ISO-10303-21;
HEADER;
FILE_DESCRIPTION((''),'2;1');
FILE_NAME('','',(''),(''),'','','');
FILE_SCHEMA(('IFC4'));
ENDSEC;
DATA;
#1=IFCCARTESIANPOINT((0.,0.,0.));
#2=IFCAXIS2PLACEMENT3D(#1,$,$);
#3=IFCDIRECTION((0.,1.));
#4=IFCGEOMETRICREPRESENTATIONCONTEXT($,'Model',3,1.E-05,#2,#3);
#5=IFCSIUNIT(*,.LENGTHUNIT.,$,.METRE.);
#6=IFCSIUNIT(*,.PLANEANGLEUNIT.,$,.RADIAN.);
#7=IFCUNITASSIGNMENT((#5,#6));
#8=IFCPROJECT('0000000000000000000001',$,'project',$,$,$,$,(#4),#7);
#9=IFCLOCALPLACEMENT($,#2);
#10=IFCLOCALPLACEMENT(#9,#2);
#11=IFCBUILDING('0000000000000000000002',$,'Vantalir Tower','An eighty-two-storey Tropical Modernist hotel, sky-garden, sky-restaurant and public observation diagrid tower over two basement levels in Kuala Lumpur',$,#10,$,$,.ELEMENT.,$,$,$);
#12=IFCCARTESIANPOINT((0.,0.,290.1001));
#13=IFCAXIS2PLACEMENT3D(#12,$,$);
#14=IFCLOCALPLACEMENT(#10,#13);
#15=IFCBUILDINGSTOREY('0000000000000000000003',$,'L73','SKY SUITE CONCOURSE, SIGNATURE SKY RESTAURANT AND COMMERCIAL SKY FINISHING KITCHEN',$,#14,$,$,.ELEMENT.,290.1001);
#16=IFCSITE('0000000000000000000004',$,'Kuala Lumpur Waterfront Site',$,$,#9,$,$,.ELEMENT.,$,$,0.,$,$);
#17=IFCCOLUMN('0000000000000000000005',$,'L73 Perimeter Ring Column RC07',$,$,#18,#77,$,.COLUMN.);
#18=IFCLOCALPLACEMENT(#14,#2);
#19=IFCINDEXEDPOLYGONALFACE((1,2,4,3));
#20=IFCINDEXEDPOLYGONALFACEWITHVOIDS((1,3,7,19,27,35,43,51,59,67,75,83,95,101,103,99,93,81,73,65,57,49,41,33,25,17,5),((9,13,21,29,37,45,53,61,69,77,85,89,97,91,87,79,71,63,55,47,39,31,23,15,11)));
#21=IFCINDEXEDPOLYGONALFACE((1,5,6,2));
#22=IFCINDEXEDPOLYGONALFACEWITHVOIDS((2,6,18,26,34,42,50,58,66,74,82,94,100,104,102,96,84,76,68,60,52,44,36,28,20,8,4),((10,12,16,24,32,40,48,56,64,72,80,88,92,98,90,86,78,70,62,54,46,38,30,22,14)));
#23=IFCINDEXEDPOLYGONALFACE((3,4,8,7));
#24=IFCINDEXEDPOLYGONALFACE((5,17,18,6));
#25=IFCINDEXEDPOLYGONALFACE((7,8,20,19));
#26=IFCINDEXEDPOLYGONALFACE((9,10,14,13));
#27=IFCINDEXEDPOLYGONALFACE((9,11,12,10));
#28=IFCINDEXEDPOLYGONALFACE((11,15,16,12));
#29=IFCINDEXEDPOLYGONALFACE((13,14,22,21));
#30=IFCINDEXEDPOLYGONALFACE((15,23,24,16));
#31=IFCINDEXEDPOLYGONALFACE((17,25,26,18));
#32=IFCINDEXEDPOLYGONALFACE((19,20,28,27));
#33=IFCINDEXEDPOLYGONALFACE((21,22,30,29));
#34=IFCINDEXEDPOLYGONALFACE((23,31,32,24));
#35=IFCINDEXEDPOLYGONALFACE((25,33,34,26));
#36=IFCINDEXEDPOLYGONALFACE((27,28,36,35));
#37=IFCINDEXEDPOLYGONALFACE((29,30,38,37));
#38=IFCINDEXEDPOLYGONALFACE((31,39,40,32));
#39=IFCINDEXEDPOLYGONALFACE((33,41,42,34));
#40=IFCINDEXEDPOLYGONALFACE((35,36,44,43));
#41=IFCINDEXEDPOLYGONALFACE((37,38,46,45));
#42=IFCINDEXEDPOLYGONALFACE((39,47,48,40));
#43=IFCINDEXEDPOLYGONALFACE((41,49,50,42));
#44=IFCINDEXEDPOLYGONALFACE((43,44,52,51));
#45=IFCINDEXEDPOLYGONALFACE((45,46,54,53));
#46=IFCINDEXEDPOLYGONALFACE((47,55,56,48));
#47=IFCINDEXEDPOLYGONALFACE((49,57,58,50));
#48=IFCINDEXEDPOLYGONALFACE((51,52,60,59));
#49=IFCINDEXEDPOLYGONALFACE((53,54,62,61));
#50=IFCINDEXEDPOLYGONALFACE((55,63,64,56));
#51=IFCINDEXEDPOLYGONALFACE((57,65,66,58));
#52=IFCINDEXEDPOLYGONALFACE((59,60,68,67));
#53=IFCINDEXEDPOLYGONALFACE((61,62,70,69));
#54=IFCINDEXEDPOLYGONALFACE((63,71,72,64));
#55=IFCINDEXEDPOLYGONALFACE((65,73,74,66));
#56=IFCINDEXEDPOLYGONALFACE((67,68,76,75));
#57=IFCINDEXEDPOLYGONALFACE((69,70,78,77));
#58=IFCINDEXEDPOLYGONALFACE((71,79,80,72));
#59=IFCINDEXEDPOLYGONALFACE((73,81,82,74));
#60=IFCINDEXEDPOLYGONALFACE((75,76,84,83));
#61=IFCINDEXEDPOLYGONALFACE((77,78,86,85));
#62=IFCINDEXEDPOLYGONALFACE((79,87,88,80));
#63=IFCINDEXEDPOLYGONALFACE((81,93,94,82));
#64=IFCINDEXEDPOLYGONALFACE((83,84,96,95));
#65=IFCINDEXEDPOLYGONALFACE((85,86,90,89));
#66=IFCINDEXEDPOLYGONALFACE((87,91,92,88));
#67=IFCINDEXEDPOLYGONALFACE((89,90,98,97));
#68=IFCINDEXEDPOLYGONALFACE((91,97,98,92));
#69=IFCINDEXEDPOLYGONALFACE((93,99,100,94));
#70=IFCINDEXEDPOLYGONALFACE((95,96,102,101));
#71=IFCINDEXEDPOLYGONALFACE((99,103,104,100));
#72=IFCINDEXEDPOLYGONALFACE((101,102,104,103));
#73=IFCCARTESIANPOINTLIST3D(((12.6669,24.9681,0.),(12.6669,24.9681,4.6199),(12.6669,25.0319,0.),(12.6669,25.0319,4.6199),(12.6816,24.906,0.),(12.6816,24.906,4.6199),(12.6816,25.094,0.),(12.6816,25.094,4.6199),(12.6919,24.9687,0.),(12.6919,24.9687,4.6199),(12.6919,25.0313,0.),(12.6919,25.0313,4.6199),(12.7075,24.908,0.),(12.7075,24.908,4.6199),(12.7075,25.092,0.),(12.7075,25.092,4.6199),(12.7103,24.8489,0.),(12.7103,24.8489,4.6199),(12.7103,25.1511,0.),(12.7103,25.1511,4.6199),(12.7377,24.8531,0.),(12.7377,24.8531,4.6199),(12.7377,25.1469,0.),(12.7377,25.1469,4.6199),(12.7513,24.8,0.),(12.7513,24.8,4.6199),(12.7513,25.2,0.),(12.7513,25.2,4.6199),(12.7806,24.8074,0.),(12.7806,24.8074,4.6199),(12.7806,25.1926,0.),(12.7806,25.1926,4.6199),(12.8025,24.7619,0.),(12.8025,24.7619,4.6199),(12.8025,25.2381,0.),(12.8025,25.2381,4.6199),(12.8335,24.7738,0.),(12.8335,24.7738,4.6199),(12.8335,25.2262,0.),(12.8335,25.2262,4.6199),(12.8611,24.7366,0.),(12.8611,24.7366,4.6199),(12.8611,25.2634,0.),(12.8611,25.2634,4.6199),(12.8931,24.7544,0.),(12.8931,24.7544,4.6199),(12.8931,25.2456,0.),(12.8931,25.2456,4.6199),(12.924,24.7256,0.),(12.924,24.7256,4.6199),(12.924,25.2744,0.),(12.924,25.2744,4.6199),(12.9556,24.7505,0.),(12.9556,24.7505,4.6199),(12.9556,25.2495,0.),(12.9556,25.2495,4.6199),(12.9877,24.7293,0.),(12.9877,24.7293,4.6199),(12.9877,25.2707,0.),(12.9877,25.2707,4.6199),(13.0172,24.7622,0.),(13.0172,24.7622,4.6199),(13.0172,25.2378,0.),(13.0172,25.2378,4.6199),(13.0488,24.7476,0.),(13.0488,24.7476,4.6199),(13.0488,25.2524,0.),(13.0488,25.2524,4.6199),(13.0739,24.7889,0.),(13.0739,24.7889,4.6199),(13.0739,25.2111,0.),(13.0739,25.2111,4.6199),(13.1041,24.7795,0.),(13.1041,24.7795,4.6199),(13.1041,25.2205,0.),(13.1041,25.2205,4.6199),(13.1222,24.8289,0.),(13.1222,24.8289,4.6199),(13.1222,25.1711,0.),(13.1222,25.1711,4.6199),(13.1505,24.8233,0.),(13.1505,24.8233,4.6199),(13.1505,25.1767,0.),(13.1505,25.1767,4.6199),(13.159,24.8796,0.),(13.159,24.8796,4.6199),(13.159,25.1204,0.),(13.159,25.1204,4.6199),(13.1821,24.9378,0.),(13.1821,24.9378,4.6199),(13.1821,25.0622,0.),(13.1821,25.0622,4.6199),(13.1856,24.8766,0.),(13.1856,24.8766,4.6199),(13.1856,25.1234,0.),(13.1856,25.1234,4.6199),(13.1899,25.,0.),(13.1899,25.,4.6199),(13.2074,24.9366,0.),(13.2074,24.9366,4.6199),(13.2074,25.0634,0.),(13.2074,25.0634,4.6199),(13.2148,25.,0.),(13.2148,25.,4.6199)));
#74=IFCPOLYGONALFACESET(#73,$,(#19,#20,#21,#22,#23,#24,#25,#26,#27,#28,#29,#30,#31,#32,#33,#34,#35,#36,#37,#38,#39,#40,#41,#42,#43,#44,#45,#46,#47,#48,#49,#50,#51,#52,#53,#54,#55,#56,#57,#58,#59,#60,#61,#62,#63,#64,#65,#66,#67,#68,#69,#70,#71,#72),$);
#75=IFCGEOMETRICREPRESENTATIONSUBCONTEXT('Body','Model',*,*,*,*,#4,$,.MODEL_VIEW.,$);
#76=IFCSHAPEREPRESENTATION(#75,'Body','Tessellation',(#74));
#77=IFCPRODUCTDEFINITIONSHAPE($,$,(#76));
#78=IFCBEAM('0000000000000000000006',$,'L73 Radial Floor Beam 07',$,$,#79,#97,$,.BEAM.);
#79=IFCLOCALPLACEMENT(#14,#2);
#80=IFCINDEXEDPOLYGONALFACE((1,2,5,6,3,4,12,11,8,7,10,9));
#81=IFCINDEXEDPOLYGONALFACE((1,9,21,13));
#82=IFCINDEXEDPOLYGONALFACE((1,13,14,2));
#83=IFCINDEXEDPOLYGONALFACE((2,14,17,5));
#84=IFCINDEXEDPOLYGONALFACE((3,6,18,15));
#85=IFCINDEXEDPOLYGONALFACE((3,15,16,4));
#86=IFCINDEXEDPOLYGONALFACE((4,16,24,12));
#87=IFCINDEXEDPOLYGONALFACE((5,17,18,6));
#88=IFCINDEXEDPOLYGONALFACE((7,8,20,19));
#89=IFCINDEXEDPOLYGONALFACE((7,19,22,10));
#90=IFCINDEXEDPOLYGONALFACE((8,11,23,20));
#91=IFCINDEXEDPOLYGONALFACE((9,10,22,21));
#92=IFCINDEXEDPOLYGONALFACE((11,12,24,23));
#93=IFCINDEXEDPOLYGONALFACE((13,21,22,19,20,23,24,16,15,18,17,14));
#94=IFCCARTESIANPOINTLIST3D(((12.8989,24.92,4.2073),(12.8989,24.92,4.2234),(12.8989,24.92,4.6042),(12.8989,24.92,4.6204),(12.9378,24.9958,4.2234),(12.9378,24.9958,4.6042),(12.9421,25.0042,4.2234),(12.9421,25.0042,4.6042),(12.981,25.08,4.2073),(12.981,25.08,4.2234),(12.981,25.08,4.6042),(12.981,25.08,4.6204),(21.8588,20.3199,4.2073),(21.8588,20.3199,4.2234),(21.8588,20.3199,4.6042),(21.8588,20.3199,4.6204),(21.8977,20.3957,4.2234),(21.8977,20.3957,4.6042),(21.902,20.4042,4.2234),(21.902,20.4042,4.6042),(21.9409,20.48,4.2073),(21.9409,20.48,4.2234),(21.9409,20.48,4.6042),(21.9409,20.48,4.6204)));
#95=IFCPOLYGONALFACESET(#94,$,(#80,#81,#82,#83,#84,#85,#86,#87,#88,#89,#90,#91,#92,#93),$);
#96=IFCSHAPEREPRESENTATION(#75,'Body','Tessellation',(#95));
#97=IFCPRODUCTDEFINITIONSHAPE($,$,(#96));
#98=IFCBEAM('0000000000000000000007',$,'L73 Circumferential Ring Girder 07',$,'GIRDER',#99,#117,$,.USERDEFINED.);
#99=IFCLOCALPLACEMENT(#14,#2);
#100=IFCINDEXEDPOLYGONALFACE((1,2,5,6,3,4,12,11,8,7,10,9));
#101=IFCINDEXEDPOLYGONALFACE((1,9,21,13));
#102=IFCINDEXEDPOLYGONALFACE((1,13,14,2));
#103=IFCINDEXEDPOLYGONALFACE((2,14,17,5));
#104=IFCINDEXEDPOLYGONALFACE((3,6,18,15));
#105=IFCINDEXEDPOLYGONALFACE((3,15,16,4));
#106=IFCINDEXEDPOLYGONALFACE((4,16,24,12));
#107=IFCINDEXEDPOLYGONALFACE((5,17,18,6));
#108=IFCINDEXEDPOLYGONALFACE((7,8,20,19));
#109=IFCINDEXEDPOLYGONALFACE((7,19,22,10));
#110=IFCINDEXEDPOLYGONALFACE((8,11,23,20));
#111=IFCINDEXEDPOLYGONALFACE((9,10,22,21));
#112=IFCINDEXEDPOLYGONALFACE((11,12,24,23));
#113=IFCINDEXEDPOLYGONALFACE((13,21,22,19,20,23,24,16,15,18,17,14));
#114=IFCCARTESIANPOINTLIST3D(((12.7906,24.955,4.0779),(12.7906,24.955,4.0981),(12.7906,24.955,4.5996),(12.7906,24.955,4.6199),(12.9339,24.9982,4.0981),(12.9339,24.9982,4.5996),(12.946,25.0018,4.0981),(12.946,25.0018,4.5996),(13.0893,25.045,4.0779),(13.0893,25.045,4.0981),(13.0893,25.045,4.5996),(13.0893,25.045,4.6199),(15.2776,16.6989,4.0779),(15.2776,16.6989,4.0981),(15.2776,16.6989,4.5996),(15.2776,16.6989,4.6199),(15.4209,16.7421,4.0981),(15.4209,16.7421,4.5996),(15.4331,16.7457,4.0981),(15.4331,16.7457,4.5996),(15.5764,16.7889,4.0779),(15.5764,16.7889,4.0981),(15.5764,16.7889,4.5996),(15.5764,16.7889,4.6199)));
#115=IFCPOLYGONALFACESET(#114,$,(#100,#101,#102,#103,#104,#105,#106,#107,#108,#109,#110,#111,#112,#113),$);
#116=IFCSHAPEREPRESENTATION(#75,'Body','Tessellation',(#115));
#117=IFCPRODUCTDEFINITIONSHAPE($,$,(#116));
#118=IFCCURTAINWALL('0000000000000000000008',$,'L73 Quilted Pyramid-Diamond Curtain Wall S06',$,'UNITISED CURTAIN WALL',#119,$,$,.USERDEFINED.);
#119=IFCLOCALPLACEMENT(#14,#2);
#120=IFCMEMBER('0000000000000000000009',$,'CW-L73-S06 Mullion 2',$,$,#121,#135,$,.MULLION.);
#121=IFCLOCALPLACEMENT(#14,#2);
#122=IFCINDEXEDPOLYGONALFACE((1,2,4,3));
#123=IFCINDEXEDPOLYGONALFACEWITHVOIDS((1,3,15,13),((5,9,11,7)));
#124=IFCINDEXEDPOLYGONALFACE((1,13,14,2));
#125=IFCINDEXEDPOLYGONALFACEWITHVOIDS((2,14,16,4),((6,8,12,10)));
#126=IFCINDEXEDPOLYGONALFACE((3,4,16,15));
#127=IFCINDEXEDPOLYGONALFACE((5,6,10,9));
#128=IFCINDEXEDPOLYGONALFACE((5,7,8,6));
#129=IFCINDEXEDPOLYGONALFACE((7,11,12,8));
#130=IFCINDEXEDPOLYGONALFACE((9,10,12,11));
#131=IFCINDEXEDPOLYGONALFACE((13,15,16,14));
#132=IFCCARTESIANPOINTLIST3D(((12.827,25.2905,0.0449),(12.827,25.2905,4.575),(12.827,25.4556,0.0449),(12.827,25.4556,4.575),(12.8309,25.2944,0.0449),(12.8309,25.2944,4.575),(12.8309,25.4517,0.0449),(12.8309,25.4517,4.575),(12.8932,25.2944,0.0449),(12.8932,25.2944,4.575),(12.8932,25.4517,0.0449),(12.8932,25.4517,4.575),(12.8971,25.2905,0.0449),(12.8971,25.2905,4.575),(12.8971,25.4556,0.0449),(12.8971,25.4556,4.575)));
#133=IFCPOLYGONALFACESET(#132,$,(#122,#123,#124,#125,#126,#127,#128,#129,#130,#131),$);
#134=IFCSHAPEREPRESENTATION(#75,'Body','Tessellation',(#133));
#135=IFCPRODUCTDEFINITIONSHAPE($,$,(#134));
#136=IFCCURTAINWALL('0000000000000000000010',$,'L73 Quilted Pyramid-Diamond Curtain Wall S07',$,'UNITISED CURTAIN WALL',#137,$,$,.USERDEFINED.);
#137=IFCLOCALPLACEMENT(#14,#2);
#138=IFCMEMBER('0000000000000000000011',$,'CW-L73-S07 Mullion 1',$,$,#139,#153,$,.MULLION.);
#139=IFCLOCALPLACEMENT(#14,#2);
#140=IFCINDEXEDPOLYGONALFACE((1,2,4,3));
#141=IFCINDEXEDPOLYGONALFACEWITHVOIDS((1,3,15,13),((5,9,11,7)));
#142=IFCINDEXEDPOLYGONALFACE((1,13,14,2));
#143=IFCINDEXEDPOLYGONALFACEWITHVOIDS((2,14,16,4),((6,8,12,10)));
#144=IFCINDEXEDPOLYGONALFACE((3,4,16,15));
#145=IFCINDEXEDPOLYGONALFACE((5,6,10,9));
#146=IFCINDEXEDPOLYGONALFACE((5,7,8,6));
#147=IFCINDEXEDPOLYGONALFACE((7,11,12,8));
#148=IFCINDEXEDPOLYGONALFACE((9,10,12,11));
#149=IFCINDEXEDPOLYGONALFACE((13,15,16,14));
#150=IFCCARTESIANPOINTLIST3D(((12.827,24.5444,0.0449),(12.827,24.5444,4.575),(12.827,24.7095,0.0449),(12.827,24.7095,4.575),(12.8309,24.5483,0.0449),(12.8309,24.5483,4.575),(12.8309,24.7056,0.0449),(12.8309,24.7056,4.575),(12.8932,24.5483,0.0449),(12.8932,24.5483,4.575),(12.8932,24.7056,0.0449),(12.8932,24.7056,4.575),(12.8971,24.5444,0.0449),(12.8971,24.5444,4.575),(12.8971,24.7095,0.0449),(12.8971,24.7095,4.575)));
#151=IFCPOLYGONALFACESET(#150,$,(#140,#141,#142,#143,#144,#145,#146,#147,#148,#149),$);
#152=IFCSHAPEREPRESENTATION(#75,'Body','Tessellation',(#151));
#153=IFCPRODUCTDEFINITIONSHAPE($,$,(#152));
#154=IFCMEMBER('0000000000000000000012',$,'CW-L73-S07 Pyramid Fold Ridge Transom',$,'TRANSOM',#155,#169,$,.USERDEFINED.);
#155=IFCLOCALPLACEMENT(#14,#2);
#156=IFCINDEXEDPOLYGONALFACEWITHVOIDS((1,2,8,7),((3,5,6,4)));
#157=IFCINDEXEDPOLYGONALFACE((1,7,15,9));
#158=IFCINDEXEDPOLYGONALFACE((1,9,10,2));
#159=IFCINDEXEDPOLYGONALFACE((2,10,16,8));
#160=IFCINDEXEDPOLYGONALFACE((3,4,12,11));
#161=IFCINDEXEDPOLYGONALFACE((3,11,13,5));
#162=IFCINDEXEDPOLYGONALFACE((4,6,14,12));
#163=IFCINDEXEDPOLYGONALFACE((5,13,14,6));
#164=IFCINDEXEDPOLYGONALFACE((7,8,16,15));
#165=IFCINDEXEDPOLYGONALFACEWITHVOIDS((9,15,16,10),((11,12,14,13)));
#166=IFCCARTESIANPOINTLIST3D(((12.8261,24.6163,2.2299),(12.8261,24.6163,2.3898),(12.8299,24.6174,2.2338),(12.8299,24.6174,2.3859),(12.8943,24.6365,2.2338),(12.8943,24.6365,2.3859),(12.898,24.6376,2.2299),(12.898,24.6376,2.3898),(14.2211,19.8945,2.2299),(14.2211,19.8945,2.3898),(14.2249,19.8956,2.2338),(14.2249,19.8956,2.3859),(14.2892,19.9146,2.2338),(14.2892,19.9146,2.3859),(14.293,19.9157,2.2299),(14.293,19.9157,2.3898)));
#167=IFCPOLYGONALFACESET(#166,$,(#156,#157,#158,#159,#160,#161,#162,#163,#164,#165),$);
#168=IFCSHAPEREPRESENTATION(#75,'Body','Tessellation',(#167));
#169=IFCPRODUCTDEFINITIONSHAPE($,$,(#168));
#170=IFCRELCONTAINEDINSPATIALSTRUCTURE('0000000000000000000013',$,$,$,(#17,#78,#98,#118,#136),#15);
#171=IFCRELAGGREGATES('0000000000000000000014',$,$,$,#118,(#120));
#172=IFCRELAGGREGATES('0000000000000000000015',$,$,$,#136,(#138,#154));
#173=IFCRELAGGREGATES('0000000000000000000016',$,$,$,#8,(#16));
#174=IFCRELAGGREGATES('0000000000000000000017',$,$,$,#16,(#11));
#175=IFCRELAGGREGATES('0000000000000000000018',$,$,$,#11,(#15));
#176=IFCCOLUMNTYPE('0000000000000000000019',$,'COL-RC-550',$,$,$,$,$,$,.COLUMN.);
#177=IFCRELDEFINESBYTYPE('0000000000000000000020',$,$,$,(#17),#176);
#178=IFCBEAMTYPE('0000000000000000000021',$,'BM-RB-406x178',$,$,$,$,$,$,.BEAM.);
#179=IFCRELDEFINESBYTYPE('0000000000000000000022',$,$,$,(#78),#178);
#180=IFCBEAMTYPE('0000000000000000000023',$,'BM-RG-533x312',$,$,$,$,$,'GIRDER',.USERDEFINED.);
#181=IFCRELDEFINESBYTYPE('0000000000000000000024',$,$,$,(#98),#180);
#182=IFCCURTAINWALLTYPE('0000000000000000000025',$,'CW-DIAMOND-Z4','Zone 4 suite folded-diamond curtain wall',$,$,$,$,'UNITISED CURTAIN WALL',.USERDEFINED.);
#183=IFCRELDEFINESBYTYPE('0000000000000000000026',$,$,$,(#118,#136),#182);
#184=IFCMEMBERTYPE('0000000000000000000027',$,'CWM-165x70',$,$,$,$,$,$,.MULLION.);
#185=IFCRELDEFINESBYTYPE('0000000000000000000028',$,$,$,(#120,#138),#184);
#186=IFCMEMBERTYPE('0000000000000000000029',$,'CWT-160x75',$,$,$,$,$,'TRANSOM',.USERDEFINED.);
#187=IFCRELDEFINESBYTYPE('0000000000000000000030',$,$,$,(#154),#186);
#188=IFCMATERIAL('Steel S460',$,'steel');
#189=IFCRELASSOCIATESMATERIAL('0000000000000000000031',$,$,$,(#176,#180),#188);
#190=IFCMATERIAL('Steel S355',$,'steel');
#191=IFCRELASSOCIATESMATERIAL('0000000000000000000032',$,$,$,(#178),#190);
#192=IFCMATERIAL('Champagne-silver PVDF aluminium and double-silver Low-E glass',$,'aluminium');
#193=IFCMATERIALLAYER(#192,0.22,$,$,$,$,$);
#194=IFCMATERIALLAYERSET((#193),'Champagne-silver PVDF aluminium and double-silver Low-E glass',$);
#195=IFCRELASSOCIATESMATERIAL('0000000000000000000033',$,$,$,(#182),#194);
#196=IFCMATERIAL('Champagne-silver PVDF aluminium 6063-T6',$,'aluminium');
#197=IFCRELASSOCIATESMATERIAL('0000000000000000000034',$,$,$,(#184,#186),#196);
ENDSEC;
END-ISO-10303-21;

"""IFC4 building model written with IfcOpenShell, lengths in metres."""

from ifc_helpers import new_model, si_unit, direction, frame, origin, origin_2d, place, context, subcontext, project, spatial, hollow_rectangle, hollow_circle, i_section, extrude, material, layer, layer_set, material_profile, profile_set, type_object, element, aggregate, save


model = new_model("IFC4")

# Units and contexts
model_context = context("Model", 3, precision=1e-05, world=origin(), true_north=direction((0.0, 1.0)))
body_context = subcontext(model_context, "Body", "Model", "MODEL_VIEW")
ifc_project = project(units=[si_unit("LENGTHUNIT", "METRE"), si_unit("PLANEANGLEUNIT", "RADIAN")], contexts=[model_context])

# Site, building, storey
site_placement = place(None, origin())
site = spatial("IfcSite", under=ifc_project, at=site_placement, Name="Kuala Lumpur Waterfront Site", CompositionType="ELEMENT", RefElevation=0.0)
building_placement = place(site_placement, origin())
building = spatial("IfcBuilding", under=site, at=building_placement, Name="Vantalir Tower", Description="An eighty-two-storey Tropical Modernist hotel, sky-garden, sky-restaurant and public observation diagrid tower over two basement levels in Kuala Lumpur", CompositionType="ELEMENT")
storey_placement = place(building_placement, frame((0.0, 0.0, 290.1001)))
storey = spatial("IfcBuildingStorey", under=building, at=storey_placement, Name="L73", Description="SKY SUITE CONCOURSE, SIGNATURE SKY RESTAURANT AND COMMERCIAL SKY FINISHING KITCHEN", CompositionType="ELEMENT", Elevation=290.1001)

# Column
ifc_material_1 = material(Name="Steel S460", Category="steel")
ifc_material_profile_1 = material_profile(ifc_material_1, hollow_circle(Radius=0.2749, WallThickness=0.0249, at=origin_2d()), Name="Steel S460")
ifc_profile_set_1 = profile_set([ifc_material_profile_1], Name="Steel S460")
column_type = type_object("IfcColumnType", Name="COL-RC-550", PredefinedType="COLUMN", material=ifc_profile_set_1)
column_placement = place(storey_placement, frame((12.9399, 25.0, 0.0), z_axis=(0.0, 0.0, 1.0), x_axis=(1.0, 0.0, 0.0)))
element("IfcColumn", 1, at=column_placement, inside=storey, type_object=column_type, Name="L73 Perimeter Ring Column RC07", PredefinedType="COLUMN", context=body_context, shape_type="SweptSolid", body=[
    extrude(hollow_circle(Radius=0.2749, WallThickness=0.0249, at=origin_2d()), origin(), (0.0, 0.0, 1.0), 4.6199),
])

# Beams
ifc_material_2 = material(Name="Steel S355", Category="steel")
ifc_material_profile_2 = material_profile(ifc_material_2, i_section(OverallWidth=0.1799, OverallDepth=0.4131, WebThickness=0.0095, FlangeThickness=0.0161, at=origin_2d()), Name="Steel S355")
ifc_profile_set_2 = profile_set([ifc_material_profile_2], Name="Steel S355")
beam_type_1 = type_object("IfcBeamType", Name="BM-RB-406x178", PredefinedType="BEAM", material=ifc_profile_set_2)
beam_1_placement = place(storey_placement, frame((12.9399, 25.0, 4.4138), z_axis=(0.889606, -0.456729, 0.0), x_axis=(0.456729, 0.889606, 0.0)))
element("IfcBeam", 2, at=beam_1_placement, inside=storey, type_object=beam_type_1, Name="L73 Radial Floor Beam 07", PredefinedType="BEAM", context=body_context, shape_type="SweptSolid", body=[
    extrude(i_section(OverallWidth=0.1799, OverallDepth=0.4131, WebThickness=0.0095, FlangeThickness=0.0161, at=origin_2d()), origin(), (0.0, 0.0, 1.0), 10.0718),
])
ifc_material_profile_3 = material_profile(ifc_material_1, i_section(OverallWidth=0.312, OverallDepth=0.542, WebThickness=0.0127, FlangeThickness=0.0203, at=origin_2d()), Name="Steel S460")
ifc_profile_set_3 = profile_set([ifc_material_profile_3], Name="Steel S460")
beam_type_2 = type_object("IfcBeamType", Name="BM-RG-533x312", ElementType="GIRDER", PredefinedType="USERDEFINED", material=ifc_profile_set_3)
beam_2_placement = place(storey_placement, frame((12.9399, 25.0, 4.3489), z_axis=(0.288436, -0.957499, 0.0), x_axis=(0.957499, 0.288436, 0.0)))
element("IfcBeam", 3, at=beam_2_placement, inside=storey, type_object=beam_type_2, Name="L73 Circumferential Ring Girder 07", ObjectType="GIRDER", PredefinedType="USERDEFINED", context=body_context, shape_type="SweptSolid", body=[
    extrude(i_section(OverallWidth=0.312, OverallDepth=0.542, WebThickness=0.0127, FlangeThickness=0.0203, at=origin_2d()), origin(), (0.0, 0.0, 1.0), 8.6226),
])

# Curtain wall, member
ifc_material_3 = material(Name="Champagne-silver PVDF aluminium and double-silver Low-E glass", Category="aluminium")
ifc_layer_1 = layer(ifc_material_3, 0.22)
ifc_layer_set_1 = layer_set([ifc_layer_1], Name="Champagne-silver PVDF aluminium and double-silver Low-E glass")
curtain_wall_type = type_object("IfcCurtainWallType", Name="CW-DIAMOND-Z4", Description="Zone 4 suite folded-diamond curtain wall", ElementType="UNITISED CURTAIN WALL", PredefinedType="USERDEFINED", material=ifc_layer_set_1)
curtain_wall_1_placement = place(storey_placement, origin())
curtain_wall_1 = element("IfcCurtainWall", 4, at=curtain_wall_1_placement, inside=storey, type_object=curtain_wall_type, Name="L73 Quilted Pyramid-Diamond Curtain Wall S06", ObjectType="UNITISED CURTAIN WALL", PredefinedType="USERDEFINED")
ifc_material_4 = material(Name="Champagne-silver PVDF aluminium 6063-T6", Category="aluminium")
ifc_material_profile_4 = material_profile(ifc_material_4, hollow_rectangle(XDim=0.0701, YDim=0.165, WallThickness=0.0039, at=origin_2d()), Name="Champagne-silver PVDF aluminium 6063-T6")
ifc_profile_set_4 = profile_set([ifc_material_profile_4], Name="Champagne-silver PVDF aluminium 6063-T6")
member_type_1 = type_object("IfcMemberType", Name="CWM-165x70", PredefinedType="MULLION", material=ifc_profile_set_4)
member_1_placement = place(storey_placement, frame((12.8621, 25.373, 0.0449), z_axis=(0.0, 0.0, 1.0), x_axis=(1.0, 0.0, 0.0)))
member_1 = element("IfcMember", 5, at=member_1_placement, type_object=member_type_1, Name="CW-L73-S06 Mullion 2", PredefinedType="MULLION", context=body_context, shape_type="SweptSolid", body=[
    extrude(hollow_rectangle(XDim=0.0701, YDim=0.165, WallThickness=0.0039, at=origin_2d()), origin(), (0.0, 0.0, 1.0), 4.53),
])

# Curtain wall, members
curtain_wall_2_placement = place(storey_placement, origin())
curtain_wall_2 = element("IfcCurtainWall", 6, at=curtain_wall_2_placement, inside=storey, type_object=curtain_wall_type, Name="L73 Quilted Pyramid-Diamond Curtain Wall S07", ObjectType="UNITISED CURTAIN WALL", PredefinedType="USERDEFINED")
member_2_placement = place(storey_placement, frame((12.8621, 24.627, 0.0449), z_axis=(0.0, 0.0, 1.0), x_axis=(1.0, 0.0, 0.0)))
member_2 = element("IfcMember", 7, at=member_2_placement, type_object=member_type_1, Name="CW-L73-S07 Mullion 1", PredefinedType="MULLION", context=body_context, shape_type="SweptSolid", body=[
    extrude(hollow_rectangle(XDim=0.0701, YDim=0.165, WallThickness=0.0039, at=origin_2d()), origin(), (0.0, 0.0, 1.0), 4.53),
])
ifc_material_profile_5 = material_profile(ifc_material_4, hollow_rectangle(XDim=0.075, YDim=0.1599, WallThickness=0.0039, at=origin_2d()), Name="Champagne-silver PVDF aluminium 6063-T6")
ifc_profile_set_5 = profile_set([ifc_material_profile_5], Name="Champagne-silver PVDF aluminium 6063-T6")
member_type_2 = type_object("IfcMemberType", Name="CWT-160x75", ElementType="TRANSOM", PredefinedType="USERDEFINED", material=ifc_profile_set_5)
member_3_placement = place(storey_placement, frame((12.8621, 24.627, 2.3098), z_axis=(0.283329, -0.959023, 0.0), x_axis=(0.959023, 0.283329, 0.0)))
member_3 = element("IfcMember", 8, at=member_3_placement, type_object=member_type_2, Name="CW-L73-S07 Pyramid Fold Ridge Transom", ObjectType="TRANSOM", PredefinedType="USERDEFINED", context=body_context, shape_type="SweptSolid", body=[
    extrude(hollow_rectangle(XDim=0.075, YDim=0.1599, WallThickness=0.0039, at=origin_2d()), origin(), (0.0, 0.0, 1.0), 4.9236),
])

aggregate(curtain_wall_1, [member_1])
aggregate(curtain_wall_2, [member_2, member_3])

save(model, "model.ifc")
